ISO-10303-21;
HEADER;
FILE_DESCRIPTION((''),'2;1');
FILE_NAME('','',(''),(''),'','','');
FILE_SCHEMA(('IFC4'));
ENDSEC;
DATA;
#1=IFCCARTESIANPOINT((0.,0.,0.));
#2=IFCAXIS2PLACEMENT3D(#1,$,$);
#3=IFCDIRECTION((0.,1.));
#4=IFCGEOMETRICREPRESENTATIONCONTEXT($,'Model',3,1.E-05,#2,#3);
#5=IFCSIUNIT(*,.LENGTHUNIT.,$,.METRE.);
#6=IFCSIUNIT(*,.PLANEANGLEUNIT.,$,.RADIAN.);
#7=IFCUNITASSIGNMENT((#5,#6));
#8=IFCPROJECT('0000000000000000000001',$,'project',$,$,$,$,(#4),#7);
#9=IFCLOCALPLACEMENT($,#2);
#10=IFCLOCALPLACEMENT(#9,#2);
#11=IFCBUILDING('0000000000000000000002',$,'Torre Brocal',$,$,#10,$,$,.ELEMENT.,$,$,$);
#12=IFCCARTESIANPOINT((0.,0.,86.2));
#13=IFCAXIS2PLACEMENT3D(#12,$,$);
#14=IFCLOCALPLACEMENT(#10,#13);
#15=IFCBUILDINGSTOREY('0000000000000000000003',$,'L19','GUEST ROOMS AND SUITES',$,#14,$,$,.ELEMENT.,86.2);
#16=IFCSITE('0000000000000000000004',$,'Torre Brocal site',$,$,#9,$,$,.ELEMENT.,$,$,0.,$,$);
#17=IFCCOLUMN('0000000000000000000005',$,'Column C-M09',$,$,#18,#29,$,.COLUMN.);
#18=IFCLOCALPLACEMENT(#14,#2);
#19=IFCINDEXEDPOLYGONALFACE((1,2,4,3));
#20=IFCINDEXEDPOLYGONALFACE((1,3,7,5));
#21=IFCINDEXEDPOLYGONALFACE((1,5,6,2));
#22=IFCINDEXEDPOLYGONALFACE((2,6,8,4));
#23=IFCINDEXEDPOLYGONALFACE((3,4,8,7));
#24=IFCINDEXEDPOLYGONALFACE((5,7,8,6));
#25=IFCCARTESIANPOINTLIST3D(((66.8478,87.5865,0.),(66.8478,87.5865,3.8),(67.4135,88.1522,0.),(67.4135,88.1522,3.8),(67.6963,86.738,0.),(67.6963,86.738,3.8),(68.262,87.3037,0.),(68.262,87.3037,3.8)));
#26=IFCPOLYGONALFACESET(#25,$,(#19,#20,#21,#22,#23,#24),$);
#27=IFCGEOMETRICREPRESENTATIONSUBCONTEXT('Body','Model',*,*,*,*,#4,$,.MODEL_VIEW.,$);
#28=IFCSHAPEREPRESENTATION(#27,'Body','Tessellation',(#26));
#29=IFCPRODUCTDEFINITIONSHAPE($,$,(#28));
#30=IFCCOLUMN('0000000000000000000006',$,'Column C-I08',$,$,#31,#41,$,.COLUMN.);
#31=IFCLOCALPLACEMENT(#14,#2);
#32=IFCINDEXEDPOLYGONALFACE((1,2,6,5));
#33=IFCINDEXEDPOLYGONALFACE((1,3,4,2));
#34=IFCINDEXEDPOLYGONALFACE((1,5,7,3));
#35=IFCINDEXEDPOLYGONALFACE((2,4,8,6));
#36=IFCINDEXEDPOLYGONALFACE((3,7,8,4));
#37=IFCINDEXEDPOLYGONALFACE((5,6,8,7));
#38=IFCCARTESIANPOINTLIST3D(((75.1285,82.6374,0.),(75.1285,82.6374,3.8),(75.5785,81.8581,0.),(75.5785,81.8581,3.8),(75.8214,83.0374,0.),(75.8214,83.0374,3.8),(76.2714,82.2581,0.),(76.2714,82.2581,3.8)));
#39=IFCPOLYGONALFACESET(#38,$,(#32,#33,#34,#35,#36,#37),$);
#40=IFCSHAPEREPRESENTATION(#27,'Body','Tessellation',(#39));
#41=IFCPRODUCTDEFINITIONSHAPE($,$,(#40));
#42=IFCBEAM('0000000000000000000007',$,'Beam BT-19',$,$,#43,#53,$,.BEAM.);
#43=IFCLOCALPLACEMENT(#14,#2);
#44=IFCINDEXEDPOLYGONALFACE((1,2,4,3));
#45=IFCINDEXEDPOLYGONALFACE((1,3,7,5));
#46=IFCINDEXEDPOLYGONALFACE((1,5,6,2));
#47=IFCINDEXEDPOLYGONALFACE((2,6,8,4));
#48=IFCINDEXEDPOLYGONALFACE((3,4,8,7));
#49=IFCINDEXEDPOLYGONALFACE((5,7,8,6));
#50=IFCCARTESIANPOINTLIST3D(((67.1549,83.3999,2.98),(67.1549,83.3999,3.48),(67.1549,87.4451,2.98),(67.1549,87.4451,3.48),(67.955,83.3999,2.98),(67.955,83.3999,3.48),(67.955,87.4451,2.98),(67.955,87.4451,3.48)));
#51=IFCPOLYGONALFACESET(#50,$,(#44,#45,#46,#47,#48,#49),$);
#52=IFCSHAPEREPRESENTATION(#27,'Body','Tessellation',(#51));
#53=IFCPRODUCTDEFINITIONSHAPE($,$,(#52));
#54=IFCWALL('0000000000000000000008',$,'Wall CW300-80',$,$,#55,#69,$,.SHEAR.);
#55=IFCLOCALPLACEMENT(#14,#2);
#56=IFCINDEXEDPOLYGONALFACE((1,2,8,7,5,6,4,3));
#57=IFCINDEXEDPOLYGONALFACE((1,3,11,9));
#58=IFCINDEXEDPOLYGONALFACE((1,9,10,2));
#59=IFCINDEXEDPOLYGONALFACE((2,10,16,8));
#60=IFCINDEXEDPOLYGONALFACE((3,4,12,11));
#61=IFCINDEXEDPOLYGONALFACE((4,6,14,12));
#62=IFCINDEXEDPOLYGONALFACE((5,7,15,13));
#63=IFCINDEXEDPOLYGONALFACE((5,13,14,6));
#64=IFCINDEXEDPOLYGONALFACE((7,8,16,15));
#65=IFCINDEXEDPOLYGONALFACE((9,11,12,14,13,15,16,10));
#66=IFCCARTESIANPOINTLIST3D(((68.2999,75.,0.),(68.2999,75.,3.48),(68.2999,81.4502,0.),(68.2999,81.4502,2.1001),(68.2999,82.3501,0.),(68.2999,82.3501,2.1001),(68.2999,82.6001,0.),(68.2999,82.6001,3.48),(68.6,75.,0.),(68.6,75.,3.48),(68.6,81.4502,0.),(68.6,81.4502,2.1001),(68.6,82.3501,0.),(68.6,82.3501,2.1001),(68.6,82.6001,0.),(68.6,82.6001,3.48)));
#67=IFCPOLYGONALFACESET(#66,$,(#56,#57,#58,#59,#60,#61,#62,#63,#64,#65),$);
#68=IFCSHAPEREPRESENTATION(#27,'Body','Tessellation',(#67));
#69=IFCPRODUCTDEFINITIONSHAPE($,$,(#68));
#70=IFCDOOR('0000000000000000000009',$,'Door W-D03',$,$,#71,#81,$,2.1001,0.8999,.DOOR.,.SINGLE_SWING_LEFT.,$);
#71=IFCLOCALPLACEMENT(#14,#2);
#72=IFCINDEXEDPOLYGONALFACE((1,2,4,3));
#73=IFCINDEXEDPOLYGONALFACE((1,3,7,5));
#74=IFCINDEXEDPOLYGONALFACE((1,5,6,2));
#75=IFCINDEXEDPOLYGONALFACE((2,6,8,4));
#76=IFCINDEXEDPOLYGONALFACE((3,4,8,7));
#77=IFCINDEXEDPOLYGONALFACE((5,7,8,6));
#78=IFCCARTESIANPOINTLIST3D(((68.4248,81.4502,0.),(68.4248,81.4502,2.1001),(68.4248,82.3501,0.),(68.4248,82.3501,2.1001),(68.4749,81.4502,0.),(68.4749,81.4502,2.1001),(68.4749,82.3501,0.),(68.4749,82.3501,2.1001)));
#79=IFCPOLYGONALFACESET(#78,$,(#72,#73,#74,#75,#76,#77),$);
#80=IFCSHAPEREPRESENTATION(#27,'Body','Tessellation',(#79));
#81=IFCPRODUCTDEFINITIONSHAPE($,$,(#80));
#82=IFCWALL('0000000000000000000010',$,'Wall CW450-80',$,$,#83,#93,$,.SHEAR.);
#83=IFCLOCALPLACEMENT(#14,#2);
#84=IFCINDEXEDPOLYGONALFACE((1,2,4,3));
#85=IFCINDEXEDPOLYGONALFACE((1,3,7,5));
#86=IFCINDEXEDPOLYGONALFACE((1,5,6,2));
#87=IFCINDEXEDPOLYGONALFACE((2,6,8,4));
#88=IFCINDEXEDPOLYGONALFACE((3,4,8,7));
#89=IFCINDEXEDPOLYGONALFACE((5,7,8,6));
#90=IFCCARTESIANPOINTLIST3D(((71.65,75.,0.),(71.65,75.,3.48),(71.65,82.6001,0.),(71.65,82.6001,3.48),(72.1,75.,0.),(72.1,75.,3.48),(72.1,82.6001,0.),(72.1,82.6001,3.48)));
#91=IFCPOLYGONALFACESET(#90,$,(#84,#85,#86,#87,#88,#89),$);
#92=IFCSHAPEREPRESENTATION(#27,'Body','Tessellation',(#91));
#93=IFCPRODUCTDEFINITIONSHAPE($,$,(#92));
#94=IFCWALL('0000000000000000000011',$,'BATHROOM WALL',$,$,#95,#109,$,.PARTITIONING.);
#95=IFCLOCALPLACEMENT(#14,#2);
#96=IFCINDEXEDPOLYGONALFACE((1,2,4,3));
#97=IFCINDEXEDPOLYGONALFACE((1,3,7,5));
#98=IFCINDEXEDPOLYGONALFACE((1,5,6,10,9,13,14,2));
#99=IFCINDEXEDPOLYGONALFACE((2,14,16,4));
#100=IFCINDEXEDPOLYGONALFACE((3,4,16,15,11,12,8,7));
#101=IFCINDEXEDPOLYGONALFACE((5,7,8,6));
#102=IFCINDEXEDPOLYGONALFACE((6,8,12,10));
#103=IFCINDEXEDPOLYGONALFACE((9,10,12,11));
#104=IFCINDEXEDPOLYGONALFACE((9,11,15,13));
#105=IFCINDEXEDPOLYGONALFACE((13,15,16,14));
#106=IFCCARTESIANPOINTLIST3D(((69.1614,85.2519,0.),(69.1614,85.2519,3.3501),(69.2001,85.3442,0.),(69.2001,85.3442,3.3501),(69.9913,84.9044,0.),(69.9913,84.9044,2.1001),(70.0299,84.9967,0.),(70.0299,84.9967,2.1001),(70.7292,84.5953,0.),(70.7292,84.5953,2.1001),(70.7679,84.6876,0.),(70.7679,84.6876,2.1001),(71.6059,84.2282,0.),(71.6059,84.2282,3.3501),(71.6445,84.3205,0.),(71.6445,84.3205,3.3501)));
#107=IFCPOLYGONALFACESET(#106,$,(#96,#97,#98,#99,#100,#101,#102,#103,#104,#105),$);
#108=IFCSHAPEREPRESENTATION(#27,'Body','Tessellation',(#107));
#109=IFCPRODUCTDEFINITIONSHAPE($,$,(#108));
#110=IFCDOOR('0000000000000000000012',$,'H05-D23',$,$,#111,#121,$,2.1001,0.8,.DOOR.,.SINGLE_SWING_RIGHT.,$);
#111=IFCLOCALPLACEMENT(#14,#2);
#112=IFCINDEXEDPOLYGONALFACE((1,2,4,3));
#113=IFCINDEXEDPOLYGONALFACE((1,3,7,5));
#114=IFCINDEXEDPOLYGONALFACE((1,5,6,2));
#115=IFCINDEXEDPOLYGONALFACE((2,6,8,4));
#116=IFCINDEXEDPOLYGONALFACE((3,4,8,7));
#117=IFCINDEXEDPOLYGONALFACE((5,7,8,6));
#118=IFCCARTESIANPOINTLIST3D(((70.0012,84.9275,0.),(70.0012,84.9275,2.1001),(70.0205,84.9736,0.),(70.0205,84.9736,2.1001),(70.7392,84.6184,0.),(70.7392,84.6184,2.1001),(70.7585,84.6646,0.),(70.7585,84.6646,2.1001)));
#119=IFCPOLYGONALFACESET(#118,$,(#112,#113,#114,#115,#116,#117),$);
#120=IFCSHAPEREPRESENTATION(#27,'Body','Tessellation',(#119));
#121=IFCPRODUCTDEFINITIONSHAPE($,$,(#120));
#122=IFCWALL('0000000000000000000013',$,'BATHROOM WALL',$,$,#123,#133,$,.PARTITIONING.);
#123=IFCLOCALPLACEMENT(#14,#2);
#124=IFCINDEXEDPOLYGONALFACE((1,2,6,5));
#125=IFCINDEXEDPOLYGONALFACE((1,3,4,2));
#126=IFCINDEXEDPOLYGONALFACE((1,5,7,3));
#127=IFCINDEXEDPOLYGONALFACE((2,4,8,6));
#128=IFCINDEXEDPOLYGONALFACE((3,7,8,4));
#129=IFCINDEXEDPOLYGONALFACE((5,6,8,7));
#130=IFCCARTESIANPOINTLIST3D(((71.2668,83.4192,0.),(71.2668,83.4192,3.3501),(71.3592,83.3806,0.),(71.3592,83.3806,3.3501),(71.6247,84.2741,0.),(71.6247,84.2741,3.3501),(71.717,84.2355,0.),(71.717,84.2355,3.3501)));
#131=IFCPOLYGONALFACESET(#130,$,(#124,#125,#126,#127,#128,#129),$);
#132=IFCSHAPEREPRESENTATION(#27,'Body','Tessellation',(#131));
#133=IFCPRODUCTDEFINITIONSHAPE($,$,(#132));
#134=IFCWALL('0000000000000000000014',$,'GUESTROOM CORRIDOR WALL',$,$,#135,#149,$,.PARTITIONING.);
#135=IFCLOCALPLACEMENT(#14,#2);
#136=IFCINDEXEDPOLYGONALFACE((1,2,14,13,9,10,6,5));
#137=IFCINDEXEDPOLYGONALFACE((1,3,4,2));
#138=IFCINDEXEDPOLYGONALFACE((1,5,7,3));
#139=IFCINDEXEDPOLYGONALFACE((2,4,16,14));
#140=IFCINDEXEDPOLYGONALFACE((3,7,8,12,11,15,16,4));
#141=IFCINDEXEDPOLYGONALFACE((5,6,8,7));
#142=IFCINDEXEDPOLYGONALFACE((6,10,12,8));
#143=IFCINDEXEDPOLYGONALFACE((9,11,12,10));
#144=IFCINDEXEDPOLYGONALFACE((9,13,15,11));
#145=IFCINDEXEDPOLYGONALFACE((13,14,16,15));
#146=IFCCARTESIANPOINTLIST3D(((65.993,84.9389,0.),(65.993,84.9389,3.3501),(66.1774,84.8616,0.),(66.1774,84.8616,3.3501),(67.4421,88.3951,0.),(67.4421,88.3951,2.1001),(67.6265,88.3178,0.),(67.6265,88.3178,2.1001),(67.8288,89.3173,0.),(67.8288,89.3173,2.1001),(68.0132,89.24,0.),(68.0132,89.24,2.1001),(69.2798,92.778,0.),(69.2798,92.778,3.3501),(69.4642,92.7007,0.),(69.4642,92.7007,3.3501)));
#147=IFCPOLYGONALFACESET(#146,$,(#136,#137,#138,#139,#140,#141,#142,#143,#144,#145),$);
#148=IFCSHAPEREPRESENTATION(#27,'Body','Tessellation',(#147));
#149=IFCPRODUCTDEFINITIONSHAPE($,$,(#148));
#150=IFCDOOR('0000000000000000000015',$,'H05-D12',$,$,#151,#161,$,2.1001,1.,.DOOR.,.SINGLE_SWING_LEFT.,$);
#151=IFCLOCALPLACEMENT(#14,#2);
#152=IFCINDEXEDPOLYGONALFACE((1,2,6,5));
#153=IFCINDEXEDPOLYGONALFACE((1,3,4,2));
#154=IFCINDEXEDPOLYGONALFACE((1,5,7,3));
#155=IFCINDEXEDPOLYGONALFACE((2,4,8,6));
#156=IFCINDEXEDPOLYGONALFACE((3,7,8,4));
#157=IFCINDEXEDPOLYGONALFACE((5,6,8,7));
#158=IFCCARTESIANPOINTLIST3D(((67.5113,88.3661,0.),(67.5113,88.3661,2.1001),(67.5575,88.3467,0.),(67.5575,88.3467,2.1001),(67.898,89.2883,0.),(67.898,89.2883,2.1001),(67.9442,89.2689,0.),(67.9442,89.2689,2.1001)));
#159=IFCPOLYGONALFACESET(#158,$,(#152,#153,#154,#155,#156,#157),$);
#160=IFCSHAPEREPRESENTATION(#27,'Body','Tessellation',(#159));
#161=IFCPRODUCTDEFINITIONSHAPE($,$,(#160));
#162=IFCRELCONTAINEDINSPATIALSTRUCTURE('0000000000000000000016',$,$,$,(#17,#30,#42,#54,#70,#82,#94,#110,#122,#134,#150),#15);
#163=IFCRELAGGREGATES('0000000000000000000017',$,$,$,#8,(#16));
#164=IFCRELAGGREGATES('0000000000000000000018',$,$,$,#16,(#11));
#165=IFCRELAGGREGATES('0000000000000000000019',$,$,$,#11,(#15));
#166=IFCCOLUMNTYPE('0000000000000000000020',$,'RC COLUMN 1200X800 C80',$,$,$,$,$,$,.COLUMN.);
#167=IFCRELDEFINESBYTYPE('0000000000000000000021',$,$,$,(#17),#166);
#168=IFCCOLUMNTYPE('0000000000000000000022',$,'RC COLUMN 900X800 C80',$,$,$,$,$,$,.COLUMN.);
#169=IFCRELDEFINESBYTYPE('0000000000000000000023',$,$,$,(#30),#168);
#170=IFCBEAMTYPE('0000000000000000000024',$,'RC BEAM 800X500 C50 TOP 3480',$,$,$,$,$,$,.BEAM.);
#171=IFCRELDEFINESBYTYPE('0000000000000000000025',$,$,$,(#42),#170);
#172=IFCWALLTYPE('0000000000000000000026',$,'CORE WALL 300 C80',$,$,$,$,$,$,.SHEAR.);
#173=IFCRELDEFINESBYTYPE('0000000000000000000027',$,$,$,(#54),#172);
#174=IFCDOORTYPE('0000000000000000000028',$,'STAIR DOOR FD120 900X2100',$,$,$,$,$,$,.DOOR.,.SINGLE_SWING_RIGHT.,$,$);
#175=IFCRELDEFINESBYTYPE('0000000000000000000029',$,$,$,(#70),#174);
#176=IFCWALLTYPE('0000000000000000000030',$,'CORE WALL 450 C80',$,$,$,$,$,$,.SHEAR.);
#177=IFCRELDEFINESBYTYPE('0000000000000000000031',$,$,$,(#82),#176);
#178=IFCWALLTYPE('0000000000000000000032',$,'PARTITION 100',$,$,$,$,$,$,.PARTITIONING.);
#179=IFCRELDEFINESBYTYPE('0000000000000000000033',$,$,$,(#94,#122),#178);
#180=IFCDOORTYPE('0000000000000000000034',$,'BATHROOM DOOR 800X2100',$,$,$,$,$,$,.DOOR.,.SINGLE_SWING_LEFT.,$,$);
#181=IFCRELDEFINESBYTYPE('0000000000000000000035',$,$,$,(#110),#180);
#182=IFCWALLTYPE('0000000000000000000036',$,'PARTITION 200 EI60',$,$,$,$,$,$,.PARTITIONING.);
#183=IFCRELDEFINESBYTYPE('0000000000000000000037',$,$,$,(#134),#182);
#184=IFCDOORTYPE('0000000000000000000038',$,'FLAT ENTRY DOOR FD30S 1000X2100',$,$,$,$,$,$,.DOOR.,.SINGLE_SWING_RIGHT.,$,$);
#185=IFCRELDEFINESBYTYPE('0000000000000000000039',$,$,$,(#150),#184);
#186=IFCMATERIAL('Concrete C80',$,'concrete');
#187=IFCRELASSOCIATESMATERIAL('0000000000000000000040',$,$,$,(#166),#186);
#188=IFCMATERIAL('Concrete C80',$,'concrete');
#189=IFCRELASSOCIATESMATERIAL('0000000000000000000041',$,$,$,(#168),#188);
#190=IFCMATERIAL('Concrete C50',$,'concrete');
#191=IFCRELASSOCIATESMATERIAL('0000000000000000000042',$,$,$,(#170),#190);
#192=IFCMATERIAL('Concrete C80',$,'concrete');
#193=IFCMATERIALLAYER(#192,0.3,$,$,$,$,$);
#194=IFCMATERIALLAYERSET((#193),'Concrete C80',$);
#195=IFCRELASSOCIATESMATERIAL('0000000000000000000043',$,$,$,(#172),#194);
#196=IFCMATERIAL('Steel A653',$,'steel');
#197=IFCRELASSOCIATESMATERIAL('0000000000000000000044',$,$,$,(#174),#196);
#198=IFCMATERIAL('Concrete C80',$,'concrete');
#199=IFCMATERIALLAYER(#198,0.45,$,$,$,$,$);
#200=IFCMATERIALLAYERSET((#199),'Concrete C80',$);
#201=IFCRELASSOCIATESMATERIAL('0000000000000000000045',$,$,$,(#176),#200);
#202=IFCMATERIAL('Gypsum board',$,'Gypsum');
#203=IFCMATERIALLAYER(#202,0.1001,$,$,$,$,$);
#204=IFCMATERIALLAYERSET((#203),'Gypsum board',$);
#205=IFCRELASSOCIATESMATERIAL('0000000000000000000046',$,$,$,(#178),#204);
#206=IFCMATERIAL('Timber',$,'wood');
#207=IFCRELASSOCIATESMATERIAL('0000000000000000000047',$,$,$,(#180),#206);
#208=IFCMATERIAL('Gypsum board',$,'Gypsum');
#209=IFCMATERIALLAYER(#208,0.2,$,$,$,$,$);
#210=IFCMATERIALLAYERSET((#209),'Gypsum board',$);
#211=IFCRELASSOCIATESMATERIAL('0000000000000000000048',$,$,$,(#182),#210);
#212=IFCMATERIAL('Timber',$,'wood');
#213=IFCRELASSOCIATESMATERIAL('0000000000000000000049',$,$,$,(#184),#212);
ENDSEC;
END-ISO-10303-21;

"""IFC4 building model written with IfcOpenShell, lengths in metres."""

from ifc_helpers import new_model, si_unit, direction, frame, frame_2d, origin, origin_2d, place, context, subcontext, project, spatial, rectangle, extrude, material, layer, layer_set, material_profile, profile_set, type_object, element, fill, save


model = new_model("IFC4")

# Units and contexts
model_context = context("Model", 3, precision=1e-05, world=origin(), true_north=direction((0.0, 1.0)))
body_context = subcontext(model_context, "Body", "Model", "MODEL_VIEW")
ifc_project = project(units=[si_unit("LENGTHUNIT", "METRE"), si_unit("PLANEANGLEUNIT", "RADIAN")], contexts=[model_context])

# Site, building, storey
site_placement = place(None, origin())
site = spatial("IfcSite", under=ifc_project, at=site_placement, Name="Torre Brocal site", CompositionType="ELEMENT", RefElevation=0.0)
building_placement = place(site_placement, origin())
building = spatial("IfcBuilding", under=site, at=building_placement, Name="Torre Brocal", CompositionType="ELEMENT")
storey_placement = place(building_placement, frame((0.0, 0.0, 86.2)))
storey = spatial("IfcBuildingStorey", under=building, at=storey_placement, Name="L19", Description="GUEST ROOMS AND SUITES", CompositionType="ELEMENT", Elevation=86.2)

# Columns
ifc_material_1 = material(Name="Concrete C80", Category="concrete")
ifc_material_profile_1 = material_profile(ifc_material_1, rectangle(XDim=1.2, YDim=0.8, at=origin_2d()), Name="RC 1200X800")
ifc_profile_set_1 = profile_set([ifc_material_profile_1], Name="Concrete C80")
column_type_1 = type_object("IfcColumnType", Name="RC COLUMN 1200X800 C80", PredefinedType="COLUMN", material=ifc_profile_set_1)
column_1_placement = place(storey_placement, frame((67.5549, 87.4451, 0.0), z_axis=(0.0, 0.0, 1.0), x_axis=(-0.707107, 0.707107, 0.0)))
element("IfcColumn", 1, at=column_1_placement, inside=storey, type_object=column_type_1, Name="Column C-M09", PredefinedType="COLUMN", context=body_context, shape_type="SweptSolid", body=[
    extrude(rectangle(XDim=1.2, YDim=0.8, at=origin_2d()), origin(), (0.0, 0.0, 1.0), 3.8),
])
ifc_material_2 = material(Name="Concrete C80", Category="concrete")
ifc_material_profile_2 = material_profile(ifc_material_2, rectangle(XDim=0.8999, YDim=0.8, at=origin_2d()), Name="RC 900X800")
ifc_profile_set_2 = profile_set([ifc_material_profile_2], Name="Concrete C80")
column_type_2 = type_object("IfcColumnType", Name="RC COLUMN 900X800 C80", PredefinedType="COLUMN", material=ifc_profile_set_2)
column_2_placement = place(storey_placement, frame((75.7, 82.4478, 0.0), z_axis=(0.0, 0.0, 1.0), x_axis=(-0.5, 0.866025, 0.0)))
element("IfcColumn", 2, at=column_2_placement, inside=storey, type_object=column_type_2, Name="Column C-I08", PredefinedType="COLUMN", context=body_context, shape_type="SweptSolid", body=[
    extrude(rectangle(XDim=0.8999, YDim=0.8, at=origin_2d()), origin(), (0.0, 0.0, 1.0), 3.8),
])

# Beam
ifc_material_3 = material(Name="Concrete C50", Category="concrete")
ifc_material_profile_3 = material_profile(ifc_material_3, rectangle(XDim=0.8, YDim=0.5, at=origin_2d()), Name="RC 800X500")
ifc_profile_set_3 = profile_set([ifc_material_profile_3], Name="Concrete C50")
beam_type = type_object("IfcBeamType", Name="RC BEAM 800X500 C50 TOP 3480", PredefinedType="BEAM", material=ifc_profile_set_3)
beam_placement = place(storey_placement, frame((67.5549, 87.4451, 3.23), z_axis=(0.0, -1.0, 0.0), x_axis=(1.0, 0.0, 0.0)))
element("IfcBeam", 3, at=beam_placement, inside=storey, type_object=beam_type, Name="Beam BT-19", PredefinedType="BEAM", context=body_context, shape_type="SweptSolid", body=[
    extrude(rectangle(XDim=0.8, YDim=0.5, at=origin_2d()), origin(), (0.0, 0.0, 1.0), 4.0452),
])

# Wall, opening, door
ifc_material_4 = material(Name="Concrete C80", Category="concrete")
ifc_layer_1 = layer(ifc_material_4, 0.3)
ifc_layer_set_1 = layer_set([ifc_layer_1], Name="Concrete C80")
wall_type_1 = type_object("IfcWallType", Name="CORE WALL 300 C80", PredefinedType="SHEAR", material=ifc_layer_set_1)
wall_1_placement = place(storey_placement, frame((68.45, 82.6001, 0.0), z_axis=(0.0, 0.0, 1.0), x_axis=(0.0, -1.0, 0.0)))
wall_1 = element("IfcWall", 4, at=wall_1_placement, inside=storey, type_object=wall_type_1, Name="Wall CW300-80", PredefinedType="SHEAR", context=body_context, shape_type="SweptSolid", body=[
    extrude(rectangle(XDim=7.6001, YDim=0.3, at=frame_2d((3.8, 0.0))), origin(), (0.0, 0.0, 1.0), 3.48),
])
opening_1_placement = place(wall_1_placement, frame((0.25, 0.0, 0.0)))
opening_1 = element("IfcOpeningElement", 5, at=opening_1_placement, cuts=wall_1, PredefinedType="OPENING", context=body_context, shape_type="SweptSolid", body=[
    extrude(rectangle(XDim=0.8999, YDim=2.1001, at=frame_2d((0.45, 1.05))), frame((0.0, 0.1599, 0.0), z_axis=(0.0, -1.0, 0.0), x_axis=(1.0, 0.0, 0.0)), (0.0, 0.0, 1.0), 0.3201),
])
ifc_material_5 = material(Name="Steel A653", Category="steel")
door_type_1 = type_object("IfcDoorType", Name="STAIR DOOR FD120 900X2100", OperationType="SINGLE_SWING_RIGHT", PredefinedType="DOOR", material=ifc_material_5)
door_1_placement = place(opening_1_placement, origin())
door_1 = element("IfcDoor", 6, at=door_1_placement, inside=storey, type_object=door_type_1, Name="Door W-D03", OperationType="SINGLE_SWING_LEFT", OverallHeight=2.1001, OverallWidth=0.8999, PredefinedType="DOOR", context=body_context, shape_type="SweptSolid", body=[
    extrude(rectangle(XDim=0.8999, YDim=2.1001, at=frame_2d((0.45, 1.05))), frame((0.0, 0.0249, 0.0), z_axis=(0.0, -1.0, 0.0), x_axis=(1.0, 0.0, 0.0)), (0.0, 0.0, 1.0), 0.05),
])
fill(opening_1, door_1)

# Wall
ifc_material_6 = material(Name="Concrete C80", Category="concrete")
ifc_layer_2 = layer(ifc_material_6, 0.45)
ifc_layer_set_2 = layer_set([ifc_layer_2], Name="Concrete C80")
wall_type_2 = type_object("IfcWallType", Name="CORE WALL 450 C80", PredefinedType="SHEAR", material=ifc_layer_set_2)
wall_2_placement = place(storey_placement, frame((71.875, 82.6001, 0.0), z_axis=(0.0, 0.0, 1.0), x_axis=(0.0, -1.0, 0.0)))
element("IfcWall", 7, at=wall_2_placement, inside=storey, type_object=wall_type_2, Name="Wall CW450-80", PredefinedType="SHEAR", context=body_context, shape_type="SweptSolid", body=[
    extrude(rectangle(XDim=7.6001, YDim=0.45, at=frame_2d((3.8, 0.0))), origin(), (0.0, 0.0, 1.0), 3.48),
])

# Wall, opening, door
ifc_material_7 = material(Name="Gypsum board", Category="Gypsum")
ifc_layer_3 = layer(ifc_material_7, 0.1001)
ifc_layer_set_3 = layer_set([ifc_layer_3], Name="Gypsum board")
wall_type_3 = type_object("IfcWallType", Name="PARTITION 100", PredefinedType="PARTITIONING", material=ifc_layer_set_3)
wall_3_placement = place(storey_placement, frame((69.1807, 85.2981, 0.0), z_axis=(0.0, 0.0, 1.0), x_axis=(0.922378, -0.386289, 0.0)))
wall_3 = element("IfcWall", 8, at=wall_3_placement, inside=storey, type_object=wall_type_3, Name="BATHROOM WALL", PredefinedType="PARTITIONING", context=body_context, shape_type="SweptSolid", body=[
    extrude(rectangle(XDim=2.6501, YDim=0.1001, at=frame_2d((1.3252, 0.0))), origin(), (0.0, 0.0, 1.0), 3.3501),
])
opening_2_placement = place(wall_3_placement, frame((0.8999, 0.0, 0.0)))
opening_2 = element("IfcOpeningElement", 9, at=opening_2_placement, cuts=wall_3, PredefinedType="OPENING", context=body_context, shape_type="SweptSolid", body=[
    extrude(rectangle(XDim=0.8, YDim=2.1001, at=frame_2d((0.3999, 1.05))), frame((0.0, 0.0601, 0.0), z_axis=(0.0, -1.0, 0.0), x_axis=(1.0, 0.0, 0.0)), (0.0, 0.0, 1.0), 0.1201),
])
ifc_material_8 = material(Name="Timber", Category="wood")
door_type_2 = type_object("IfcDoorType", Name="BATHROOM DOOR 800X2100", OperationType="SINGLE_SWING_LEFT", PredefinedType="DOOR", material=ifc_material_8)
door_2_placement = place(opening_2_placement, frame((0.8, 0.0, 0.0), z_axis=(0.0, 0.0, 1.0), x_axis=(-1.0, 0.0, 0.0)))
door_2 = element("IfcDoor", 10, at=door_2_placement, inside=storey, type_object=door_type_2, Name="H05-D23", OperationType="SINGLE_SWING_RIGHT", OverallHeight=2.1001, OverallWidth=0.8, PredefinedType="DOOR", context=body_context, shape_type="SweptSolid", body=[
    extrude(rectangle(XDim=0.8, YDim=2.1001, at=frame_2d((0.3999, 1.05))), frame((0.0, 0.0249, 0.0), z_axis=(0.0, -1.0, 0.0), x_axis=(1.0, 0.0, 0.0)), (0.0, 0.0, 1.0), 0.05),
])
fill(opening_2, door_2)

# Wall
wall_4_placement = place(storey_placement, frame((71.313, 83.3999, 0.0), z_axis=(0.0, 0.0, 1.0), x_axis=(0.386149, 0.922437, 0.0)))
element("IfcWall", 11, at=wall_4_placement, inside=storey, type_object=wall_type_3, Name="BATHROOM WALL", PredefinedType="PARTITIONING", context=body_context, shape_type="SweptSolid", body=[
    extrude(rectangle(XDim=0.9268, YDim=0.1001, at=frame_2d((0.4634, 0.0))), origin(), (0.0, 0.0, 1.0), 3.3501),
])

# Wall, opening, door
ifc_material_9 = material(Name="Gypsum board", Category="Gypsum")
ifc_layer_4 = layer(ifc_material_9, 0.2)
ifc_layer_set_4 = layer_set([ifc_layer_4], Name="Gypsum board")
wall_type_4 = type_object("IfcWallType", Name="PARTITION 200 EI60", PredefinedType="PARTITIONING", material=ifc_layer_set_4)
wall_5_placement = place(storey_placement, frame((66.0852, 84.9004, 0.0), z_axis=(0.0, 0.0, 1.0), x_axis=(0.386676, 0.922216, 0.0)))
wall_5 = element("IfcWall", 12, at=wall_5_placement, inside=storey, type_object=wall_type_4, Name="GUESTROOM CORRIDOR WALL", PredefinedType="PARTITIONING", context=body_context, shape_type="SweptSolid", body=[
    extrude(rectangle(XDim=8.5002, YDim=0.2, at=frame_2d((4.25, 0.0))), origin(), (0.0, 0.0, 1.0), 3.3501),
])
opening_3_placement = place(wall_5_placement, frame((3.7476, 0.0, 0.0)))
opening_3 = element("IfcOpeningElement", 13, at=opening_3_placement, cuts=wall_5, PredefinedType="OPENING", context=body_context, shape_type="SweptSolid", body=[
    extrude(rectangle(XDim=1.0, YDim=2.1001, at=frame_2d((0.5, 1.05))), frame((0.0, 0.1099, 0.0), z_axis=(0.0, -1.0, 0.0), x_axis=(1.0, 0.0, 0.0)), (0.0, 0.0, 1.0), 0.22),
])
ifc_material_10 = material(Name="Timber", Category="wood")
door_type_3 = type_object("IfcDoorType", Name="FLAT ENTRY DOOR FD30S 1000X2100", OperationType="SINGLE_SWING_RIGHT", PredefinedType="DOOR", material=ifc_material_10)
door_3_placement = place(opening_3_placement, origin())
door_3 = element("IfcDoor", 14, at=door_3_placement, inside=storey, type_object=door_type_3, Name="H05-D12", OperationType="SINGLE_SWING_LEFT", OverallHeight=2.1001, OverallWidth=1.0, PredefinedType="DOOR", context=body_context, shape_type="SweptSolid", body=[
    extrude(rectangle(XDim=1.0, YDim=2.1001, at=frame_2d((0.5, 1.05))), frame((0.0, 0.0249, 0.0), z_axis=(0.0, -1.0, 0.0), x_axis=(1.0, 0.0, 0.0)), (0.0, 0.0, 1.0), 0.05),
])
fill(opening_3, door_3)

save(model, "model.ifc")
